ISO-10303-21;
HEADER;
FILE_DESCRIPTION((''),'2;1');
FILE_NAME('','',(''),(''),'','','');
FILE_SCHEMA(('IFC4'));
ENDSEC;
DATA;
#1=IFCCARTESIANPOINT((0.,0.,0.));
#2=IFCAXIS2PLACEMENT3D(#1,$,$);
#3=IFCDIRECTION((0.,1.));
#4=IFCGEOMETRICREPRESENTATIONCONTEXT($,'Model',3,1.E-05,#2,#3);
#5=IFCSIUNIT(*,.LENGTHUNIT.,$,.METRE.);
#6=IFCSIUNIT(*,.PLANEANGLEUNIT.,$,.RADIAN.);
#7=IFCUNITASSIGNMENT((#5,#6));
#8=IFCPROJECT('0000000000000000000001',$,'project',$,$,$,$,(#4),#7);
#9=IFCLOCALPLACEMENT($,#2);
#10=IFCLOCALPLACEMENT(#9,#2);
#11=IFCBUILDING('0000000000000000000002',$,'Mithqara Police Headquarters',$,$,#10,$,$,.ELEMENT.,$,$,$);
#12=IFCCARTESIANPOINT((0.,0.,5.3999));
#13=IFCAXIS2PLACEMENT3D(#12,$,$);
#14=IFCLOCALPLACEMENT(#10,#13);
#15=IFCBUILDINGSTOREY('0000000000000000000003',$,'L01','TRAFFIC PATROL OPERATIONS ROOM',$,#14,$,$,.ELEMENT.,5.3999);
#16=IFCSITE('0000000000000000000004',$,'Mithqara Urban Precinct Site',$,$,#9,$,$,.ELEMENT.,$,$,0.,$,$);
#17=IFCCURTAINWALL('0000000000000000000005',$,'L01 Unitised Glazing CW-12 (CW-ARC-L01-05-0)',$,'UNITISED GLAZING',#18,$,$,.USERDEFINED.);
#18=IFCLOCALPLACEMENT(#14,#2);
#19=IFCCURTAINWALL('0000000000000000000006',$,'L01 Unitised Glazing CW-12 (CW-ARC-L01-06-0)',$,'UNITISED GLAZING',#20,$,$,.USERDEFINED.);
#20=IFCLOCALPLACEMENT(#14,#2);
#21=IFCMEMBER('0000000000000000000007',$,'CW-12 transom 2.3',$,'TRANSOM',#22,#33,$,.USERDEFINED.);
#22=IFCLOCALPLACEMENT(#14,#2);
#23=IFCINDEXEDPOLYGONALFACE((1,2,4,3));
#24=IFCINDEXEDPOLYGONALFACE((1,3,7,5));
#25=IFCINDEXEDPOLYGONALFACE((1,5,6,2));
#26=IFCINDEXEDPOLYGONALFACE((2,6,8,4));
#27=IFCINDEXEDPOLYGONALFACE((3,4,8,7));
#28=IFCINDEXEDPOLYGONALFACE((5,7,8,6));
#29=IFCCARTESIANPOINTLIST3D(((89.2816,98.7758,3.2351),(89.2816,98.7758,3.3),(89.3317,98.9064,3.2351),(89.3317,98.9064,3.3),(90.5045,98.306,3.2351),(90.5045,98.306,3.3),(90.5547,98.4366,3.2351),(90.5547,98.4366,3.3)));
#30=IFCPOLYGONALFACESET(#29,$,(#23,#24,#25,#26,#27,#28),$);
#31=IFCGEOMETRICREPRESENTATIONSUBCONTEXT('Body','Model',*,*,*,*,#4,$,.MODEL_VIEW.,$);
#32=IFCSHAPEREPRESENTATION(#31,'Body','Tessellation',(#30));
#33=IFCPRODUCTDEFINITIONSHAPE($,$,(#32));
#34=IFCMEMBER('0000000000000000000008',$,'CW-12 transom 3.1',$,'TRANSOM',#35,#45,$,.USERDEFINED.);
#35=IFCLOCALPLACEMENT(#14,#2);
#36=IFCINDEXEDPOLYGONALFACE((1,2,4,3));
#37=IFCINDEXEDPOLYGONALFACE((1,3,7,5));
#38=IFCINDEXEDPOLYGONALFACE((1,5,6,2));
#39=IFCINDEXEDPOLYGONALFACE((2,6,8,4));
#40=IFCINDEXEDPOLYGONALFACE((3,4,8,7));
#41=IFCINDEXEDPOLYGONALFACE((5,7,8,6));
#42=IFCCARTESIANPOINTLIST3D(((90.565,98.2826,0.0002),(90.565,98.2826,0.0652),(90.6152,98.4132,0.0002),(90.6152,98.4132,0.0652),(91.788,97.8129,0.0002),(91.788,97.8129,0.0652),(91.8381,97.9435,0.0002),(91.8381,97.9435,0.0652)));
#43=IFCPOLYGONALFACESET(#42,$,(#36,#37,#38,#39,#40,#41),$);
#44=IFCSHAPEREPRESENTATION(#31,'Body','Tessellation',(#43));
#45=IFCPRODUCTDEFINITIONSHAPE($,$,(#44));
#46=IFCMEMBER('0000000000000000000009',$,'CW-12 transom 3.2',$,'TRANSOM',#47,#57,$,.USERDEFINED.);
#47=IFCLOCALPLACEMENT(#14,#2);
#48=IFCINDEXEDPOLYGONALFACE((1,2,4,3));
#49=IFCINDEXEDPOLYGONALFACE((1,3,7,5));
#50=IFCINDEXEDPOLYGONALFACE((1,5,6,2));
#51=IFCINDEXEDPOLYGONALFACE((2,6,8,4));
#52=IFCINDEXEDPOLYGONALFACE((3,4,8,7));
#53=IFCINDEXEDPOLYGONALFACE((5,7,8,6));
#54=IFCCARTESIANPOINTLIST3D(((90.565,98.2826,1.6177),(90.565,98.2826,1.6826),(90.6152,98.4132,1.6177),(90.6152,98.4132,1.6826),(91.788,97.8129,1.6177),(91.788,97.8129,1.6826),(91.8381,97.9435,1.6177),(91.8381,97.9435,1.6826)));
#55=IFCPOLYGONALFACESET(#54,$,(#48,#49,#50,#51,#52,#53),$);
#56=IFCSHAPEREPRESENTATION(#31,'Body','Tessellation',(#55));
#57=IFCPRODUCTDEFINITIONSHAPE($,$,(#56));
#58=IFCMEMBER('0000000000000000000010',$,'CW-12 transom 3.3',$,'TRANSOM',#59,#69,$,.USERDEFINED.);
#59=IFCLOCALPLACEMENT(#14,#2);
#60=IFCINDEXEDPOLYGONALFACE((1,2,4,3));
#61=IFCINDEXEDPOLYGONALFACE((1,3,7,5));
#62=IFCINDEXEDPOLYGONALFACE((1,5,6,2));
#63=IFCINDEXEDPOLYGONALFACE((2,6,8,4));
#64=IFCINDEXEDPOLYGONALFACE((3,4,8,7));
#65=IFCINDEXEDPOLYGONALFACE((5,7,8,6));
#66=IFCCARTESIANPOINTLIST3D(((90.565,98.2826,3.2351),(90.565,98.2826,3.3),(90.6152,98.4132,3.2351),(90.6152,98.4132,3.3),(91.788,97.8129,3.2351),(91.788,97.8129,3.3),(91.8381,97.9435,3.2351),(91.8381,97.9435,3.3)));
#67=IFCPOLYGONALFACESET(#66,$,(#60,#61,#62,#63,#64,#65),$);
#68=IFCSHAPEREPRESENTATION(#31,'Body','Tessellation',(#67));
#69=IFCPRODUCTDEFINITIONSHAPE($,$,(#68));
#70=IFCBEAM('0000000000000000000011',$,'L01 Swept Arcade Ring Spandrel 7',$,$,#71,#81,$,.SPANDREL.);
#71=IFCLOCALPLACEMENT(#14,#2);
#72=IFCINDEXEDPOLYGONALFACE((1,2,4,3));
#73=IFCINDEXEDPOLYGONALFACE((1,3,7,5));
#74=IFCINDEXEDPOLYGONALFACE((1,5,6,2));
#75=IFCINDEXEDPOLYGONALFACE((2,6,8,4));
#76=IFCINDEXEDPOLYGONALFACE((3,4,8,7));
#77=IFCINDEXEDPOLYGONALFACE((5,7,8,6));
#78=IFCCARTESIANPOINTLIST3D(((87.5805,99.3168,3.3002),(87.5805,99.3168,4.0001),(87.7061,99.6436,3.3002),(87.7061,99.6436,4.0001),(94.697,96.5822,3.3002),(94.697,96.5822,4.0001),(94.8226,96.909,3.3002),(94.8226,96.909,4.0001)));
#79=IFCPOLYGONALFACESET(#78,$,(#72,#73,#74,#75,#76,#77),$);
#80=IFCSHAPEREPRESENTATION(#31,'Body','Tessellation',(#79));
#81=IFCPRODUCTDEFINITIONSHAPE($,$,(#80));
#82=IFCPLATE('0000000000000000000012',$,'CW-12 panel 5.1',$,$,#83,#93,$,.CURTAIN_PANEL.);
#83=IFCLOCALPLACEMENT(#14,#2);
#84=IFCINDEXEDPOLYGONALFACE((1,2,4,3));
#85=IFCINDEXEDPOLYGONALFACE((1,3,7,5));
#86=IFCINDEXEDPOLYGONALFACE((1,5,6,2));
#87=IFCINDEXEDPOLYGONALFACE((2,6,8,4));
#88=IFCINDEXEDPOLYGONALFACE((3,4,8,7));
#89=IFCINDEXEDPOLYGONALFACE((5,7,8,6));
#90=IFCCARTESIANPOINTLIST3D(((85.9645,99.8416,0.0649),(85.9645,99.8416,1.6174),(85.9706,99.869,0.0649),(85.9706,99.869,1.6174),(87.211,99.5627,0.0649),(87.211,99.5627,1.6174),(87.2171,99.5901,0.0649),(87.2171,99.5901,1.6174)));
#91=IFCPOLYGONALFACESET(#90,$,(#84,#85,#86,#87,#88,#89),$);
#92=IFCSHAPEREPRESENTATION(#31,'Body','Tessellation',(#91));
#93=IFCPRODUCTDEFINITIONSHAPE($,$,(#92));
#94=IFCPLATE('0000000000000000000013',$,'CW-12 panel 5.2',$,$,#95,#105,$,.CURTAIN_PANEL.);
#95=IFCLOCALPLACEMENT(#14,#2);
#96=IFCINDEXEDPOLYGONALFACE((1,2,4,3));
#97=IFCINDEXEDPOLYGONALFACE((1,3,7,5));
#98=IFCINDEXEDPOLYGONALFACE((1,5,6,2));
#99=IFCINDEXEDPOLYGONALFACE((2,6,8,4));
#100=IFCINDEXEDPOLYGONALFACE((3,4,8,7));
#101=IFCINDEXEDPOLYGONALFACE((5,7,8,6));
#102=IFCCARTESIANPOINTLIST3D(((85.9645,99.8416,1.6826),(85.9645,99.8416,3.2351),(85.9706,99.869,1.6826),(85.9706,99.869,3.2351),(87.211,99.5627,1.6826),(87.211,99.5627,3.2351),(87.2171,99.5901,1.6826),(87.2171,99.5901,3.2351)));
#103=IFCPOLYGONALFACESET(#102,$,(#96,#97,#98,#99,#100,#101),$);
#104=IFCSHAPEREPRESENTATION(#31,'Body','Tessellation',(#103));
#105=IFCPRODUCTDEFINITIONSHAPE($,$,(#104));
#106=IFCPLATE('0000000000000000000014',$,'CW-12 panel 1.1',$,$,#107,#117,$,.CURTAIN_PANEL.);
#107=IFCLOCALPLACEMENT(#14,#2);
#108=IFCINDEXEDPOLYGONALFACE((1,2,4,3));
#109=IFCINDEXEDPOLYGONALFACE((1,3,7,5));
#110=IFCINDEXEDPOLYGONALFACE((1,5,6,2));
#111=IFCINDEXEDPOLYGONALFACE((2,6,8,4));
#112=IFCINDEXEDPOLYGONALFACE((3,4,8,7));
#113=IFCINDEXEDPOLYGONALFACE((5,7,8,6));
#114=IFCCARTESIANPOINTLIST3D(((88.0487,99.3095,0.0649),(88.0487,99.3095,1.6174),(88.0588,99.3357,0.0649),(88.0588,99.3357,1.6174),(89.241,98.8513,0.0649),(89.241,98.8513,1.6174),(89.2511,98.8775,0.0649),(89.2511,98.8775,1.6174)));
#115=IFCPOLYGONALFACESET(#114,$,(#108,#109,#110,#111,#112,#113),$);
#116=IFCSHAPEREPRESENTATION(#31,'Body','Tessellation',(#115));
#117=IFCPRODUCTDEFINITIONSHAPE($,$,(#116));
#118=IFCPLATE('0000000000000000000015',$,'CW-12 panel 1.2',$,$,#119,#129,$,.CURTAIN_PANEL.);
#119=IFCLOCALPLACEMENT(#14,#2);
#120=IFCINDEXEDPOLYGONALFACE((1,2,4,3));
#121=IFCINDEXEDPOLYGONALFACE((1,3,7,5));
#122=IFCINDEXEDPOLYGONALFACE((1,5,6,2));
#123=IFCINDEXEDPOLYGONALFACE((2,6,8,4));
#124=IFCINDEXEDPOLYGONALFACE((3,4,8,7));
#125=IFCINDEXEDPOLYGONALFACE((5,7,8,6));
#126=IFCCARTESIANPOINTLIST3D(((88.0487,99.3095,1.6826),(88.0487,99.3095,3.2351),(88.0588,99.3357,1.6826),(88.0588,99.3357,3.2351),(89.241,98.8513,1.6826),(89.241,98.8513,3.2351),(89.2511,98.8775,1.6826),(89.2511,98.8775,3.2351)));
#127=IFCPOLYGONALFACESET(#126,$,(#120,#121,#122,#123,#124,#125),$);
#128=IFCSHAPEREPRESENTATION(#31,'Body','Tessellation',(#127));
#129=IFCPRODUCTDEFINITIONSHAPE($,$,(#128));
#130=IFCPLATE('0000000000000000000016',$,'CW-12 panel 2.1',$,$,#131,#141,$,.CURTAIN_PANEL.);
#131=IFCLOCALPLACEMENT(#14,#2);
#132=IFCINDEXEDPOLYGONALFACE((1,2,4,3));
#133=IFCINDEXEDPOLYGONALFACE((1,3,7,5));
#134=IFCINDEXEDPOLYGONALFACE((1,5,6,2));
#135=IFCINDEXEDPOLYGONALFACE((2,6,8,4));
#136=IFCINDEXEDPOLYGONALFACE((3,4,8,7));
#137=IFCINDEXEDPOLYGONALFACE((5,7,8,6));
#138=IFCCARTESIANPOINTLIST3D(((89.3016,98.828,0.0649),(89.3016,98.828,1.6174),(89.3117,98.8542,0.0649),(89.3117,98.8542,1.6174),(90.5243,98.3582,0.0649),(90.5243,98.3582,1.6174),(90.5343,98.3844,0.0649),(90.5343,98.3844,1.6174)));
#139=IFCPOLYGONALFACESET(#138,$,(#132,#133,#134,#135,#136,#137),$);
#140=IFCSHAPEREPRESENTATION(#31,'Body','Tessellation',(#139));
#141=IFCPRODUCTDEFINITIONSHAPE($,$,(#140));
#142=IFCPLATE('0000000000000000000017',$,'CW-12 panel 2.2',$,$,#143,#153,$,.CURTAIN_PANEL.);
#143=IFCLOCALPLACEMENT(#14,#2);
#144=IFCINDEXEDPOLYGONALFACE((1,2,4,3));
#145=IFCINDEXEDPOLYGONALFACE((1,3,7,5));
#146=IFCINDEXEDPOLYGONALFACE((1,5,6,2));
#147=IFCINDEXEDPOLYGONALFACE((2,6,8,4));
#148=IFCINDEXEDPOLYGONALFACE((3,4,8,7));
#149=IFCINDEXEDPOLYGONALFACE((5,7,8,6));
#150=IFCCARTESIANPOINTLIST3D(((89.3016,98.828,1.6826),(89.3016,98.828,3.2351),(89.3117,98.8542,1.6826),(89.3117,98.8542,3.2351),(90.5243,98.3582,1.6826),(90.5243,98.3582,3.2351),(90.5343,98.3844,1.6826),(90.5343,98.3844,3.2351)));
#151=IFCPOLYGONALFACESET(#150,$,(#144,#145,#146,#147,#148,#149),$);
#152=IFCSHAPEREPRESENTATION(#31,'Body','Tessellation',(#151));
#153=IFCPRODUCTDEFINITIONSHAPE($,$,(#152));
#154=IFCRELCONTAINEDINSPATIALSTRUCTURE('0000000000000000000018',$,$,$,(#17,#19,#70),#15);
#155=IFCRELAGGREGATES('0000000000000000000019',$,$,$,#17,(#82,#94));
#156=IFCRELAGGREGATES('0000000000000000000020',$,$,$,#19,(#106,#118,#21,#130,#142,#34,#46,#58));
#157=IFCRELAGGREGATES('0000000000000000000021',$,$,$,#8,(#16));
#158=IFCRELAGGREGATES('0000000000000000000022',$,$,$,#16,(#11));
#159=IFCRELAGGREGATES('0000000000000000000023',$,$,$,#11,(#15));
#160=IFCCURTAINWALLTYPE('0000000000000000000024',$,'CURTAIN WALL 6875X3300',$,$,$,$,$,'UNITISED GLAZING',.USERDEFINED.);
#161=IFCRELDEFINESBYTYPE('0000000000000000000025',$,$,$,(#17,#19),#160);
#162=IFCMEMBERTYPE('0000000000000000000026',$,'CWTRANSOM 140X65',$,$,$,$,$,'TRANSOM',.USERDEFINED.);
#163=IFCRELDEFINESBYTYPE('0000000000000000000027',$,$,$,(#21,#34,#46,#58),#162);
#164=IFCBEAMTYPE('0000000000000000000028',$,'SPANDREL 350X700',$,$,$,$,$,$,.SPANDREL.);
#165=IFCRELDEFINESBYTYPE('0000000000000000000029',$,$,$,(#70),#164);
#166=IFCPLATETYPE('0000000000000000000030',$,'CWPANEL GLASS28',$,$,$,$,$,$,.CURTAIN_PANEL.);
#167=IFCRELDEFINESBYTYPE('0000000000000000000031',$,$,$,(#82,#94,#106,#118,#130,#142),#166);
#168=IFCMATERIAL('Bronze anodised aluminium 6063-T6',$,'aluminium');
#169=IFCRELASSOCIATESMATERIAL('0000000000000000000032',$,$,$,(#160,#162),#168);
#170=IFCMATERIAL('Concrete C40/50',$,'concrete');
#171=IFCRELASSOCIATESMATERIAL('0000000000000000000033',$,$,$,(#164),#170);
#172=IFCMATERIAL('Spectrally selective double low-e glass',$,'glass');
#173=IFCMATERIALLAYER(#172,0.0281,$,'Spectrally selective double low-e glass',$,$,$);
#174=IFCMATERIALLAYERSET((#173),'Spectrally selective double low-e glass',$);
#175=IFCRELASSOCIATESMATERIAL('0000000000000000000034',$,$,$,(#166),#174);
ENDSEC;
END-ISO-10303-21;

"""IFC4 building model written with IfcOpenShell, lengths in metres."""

from ifc_helpers import new_model, si_unit, direction, frame, origin, origin_2d, place, context, subcontext, project, spatial, rectangle, extrude, material, layer, layer_set, material_profile, profile_set, type_object, element, aggregate, save


model = new_model("IFC4")

# Units and contexts
model_context = context("Model", 3, precision=1e-05, world=origin(), true_north=direction((0.0, 1.0)))
body_context = subcontext(model_context, "Body", "Model", "MODEL_VIEW")
ifc_project = project(units=[si_unit("LENGTHUNIT", "METRE"), si_unit("PLANEANGLEUNIT", "RADIAN")], contexts=[model_context])

# Site, building, storey
site_placement = place(None, origin())
site = spatial("IfcSite", under=ifc_project, at=site_placement, Name="Mithqara Urban Precinct Site", CompositionType="ELEMENT", RefElevation=0.0)
building_placement = place(site_placement, origin())
building = spatial("IfcBuilding", under=site, at=building_placement, Name="Mithqara Police Headquarters", CompositionType="ELEMENT")
storey_placement = place(building_placement, frame((0.0, 0.0, 5.3999)))
storey = spatial("IfcBuildingStorey", under=building, at=storey_placement, Name="L01", Description="TRAFFIC PATROL OPERATIONS ROOM", CompositionType="ELEMENT", Elevation=5.3999)

# Curtain wall
ifc_material_1 = material(Name="Bronze anodised aluminium 6063-T6", Category="aluminium")
curtain_wall_type = type_object("IfcCurtainWallType", Name="CURTAIN WALL 6875X3300", ElementType="UNITISED GLAZING", PredefinedType="USERDEFINED", material=ifc_material_1)
curtain_wall_1_placement = place(storey_placement, origin())
curtain_wall_1 = element("IfcCurtainWall", 1, at=curtain_wall_1_placement, inside=storey, type_object=curtain_wall_type, Name="L01 Unitised Glazing CW-12 (CW-ARC-L01-05-0)", ObjectType="UNITISED GLAZING", PredefinedType="USERDEFINED")

# Curtain wall
curtain_wall_2_placement = place(storey_placement, origin())
curtain_wall_2 = element("IfcCurtainWall", 2, at=curtain_wall_2_placement, inside=storey, type_object=curtain_wall_type, Name="L01 Unitised Glazing CW-12 (CW-ARC-L01-06-0)", ObjectType="UNITISED GLAZING", PredefinedType="USERDEFINED")

# Members
ifc_material_profile_1 = material_profile(ifc_material_1, rectangle(XDim=0.1399, YDim=0.0649, at=origin_2d()), Name="CWT 140x65")
ifc_profile_set_1 = profile_set([ifc_material_profile_1], Name="Bronze anodised aluminium 6063-T6")
member_type_1 = type_object("IfcMemberType", Name="CWTRANSOM 140X65", ElementType="TRANSOM", PredefinedType="USERDEFINED", material=ifc_profile_set_1)
member_1_placement = place(storey_placement, frame((89.3066, 98.8411, 3.2676), z_axis=(0.933504, -0.358567, 0.0), x_axis=(0.358567, 0.933504, 0.0)))
member_1 = element("IfcMember", 3, at=member_1_placement, type_object=member_type_1, Name="CW-12 transom 2.3", ObjectType="TRANSOM", PredefinedType="USERDEFINED", context=body_context, shape_type="SweptSolid", body=[
    extrude(rectangle(XDim=0.1399, YDim=0.0649, at=origin_2d()), origin(), (0.0, 0.0, 1.0), 1.3101),
])
member_2_placement = place(storey_placement, frame((90.5901, 98.3479, 0.0327), z_axis=(0.933504, -0.358567, 0.0), x_axis=(0.358567, 0.933504, 0.0)))
member_2 = element("IfcMember", 4, at=member_2_placement, type_object=member_type_1, Name="CW-12 transom 3.1", ObjectType="TRANSOM", PredefinedType="USERDEFINED", context=body_context, shape_type="SweptSolid", body=[
    extrude(rectangle(XDim=0.1399, YDim=0.0649, at=origin_2d()), origin(), (0.0, 0.0, 1.0), 1.3101),
])
member_3_placement = place(storey_placement, frame((90.5901, 98.3479, 1.6501), z_axis=(0.933504, -0.358567, 0.0), x_axis=(0.358567, 0.933504, 0.0)))
member_3 = element("IfcMember", 5, at=member_3_placement, type_object=member_type_1, Name="CW-12 transom 3.2", ObjectType="TRANSOM", PredefinedType="USERDEFINED", context=body_context, shape_type="SweptSolid", body=[
    extrude(rectangle(XDim=0.1399, YDim=0.0649, at=origin_2d()), origin(), (0.0, 0.0, 1.0), 1.3101),
])
member_4_placement = place(storey_placement, frame((90.5901, 98.3479, 3.2676), z_axis=(0.933504, -0.358567, 0.0), x_axis=(0.358567, 0.933504, 0.0)))
member_4 = element("IfcMember", 6, at=member_4_placement, type_object=member_type_1, Name="CW-12 transom 3.3", ObjectType="TRANSOM", PredefinedType="USERDEFINED", context=body_context, shape_type="SweptSolid", body=[
    extrude(rectangle(XDim=0.1399, YDim=0.0649, at=origin_2d()), origin(), (0.0, 0.0, 1.0), 1.3101),
])

# Beam
ifc_material_2 = material(Name="Concrete C40/50", Category="concrete")
ifc_material_profile_2 = material_profile(ifc_material_2, rectangle(XDim=0.3501, YDim=0.7, at=origin_2d()), Name="SPB 350x700")
ifc_profile_set_2 = profile_set([ifc_material_profile_2], Name="Concrete C40/50")
beam_type = type_object("IfcBeamType", Name="SPANDREL 350X700", PredefinedType="SPANDREL", material=ifc_profile_set_2)
beam_placement = place(storey_placement, frame((87.6433, 99.4802, 3.6501), z_axis=(0.933455, -0.358696, 0.0), x_axis=(0.358696, 0.933455, 0.0)))
element("IfcBeam", 7, at=beam_placement, inside=storey, type_object=beam_type, Name="L01 Swept Arcade Ring Spandrel 7", PredefinedType="SPANDREL", context=body_context, shape_type="SweptSolid", body=[
    extrude(rectangle(XDim=0.3501, YDim=0.7, at=origin_2d()), origin(), (0.0, 0.0, 1.0), 7.6238),
])

# Plates
ifc_material_3 = material(Name="Spectrally selective double low-e glass", Category="glass")
ifc_layer = layer(ifc_material_3, 0.0281, Name="Spectrally selective double low-e glass")
ifc_layer_set = layer_set([ifc_layer], Name="Spectrally selective double low-e glass")
plate_type = type_object("IfcPlateType", Name="CWPANEL GLASS28", PredefinedType="CURTAIN_PANEL", material=ifc_layer_set)
plate_1_placement = place(storey_placement, frame((86.5908, 99.7158, 0.0649), z_axis=(0.0, 0.0, 1.0), x_axis=(0.975873, -0.218341, 0.0)))
plate_1 = element("IfcPlate", 8, at=plate_1_placement, type_object=plate_type, Name="CW-12 panel 5.1", PredefinedType="CURTAIN_PANEL", context=body_context, shape_type="SweptSolid", body=[
    extrude(rectangle(XDim=1.2773, YDim=0.0281, at=origin_2d()), origin(), (0.0, 0.0, 1.0), 1.5525),
])
plate_2_placement = place(storey_placement, frame((86.5908, 99.7158, 1.6826), z_axis=(0.0, 0.0, 1.0), x_axis=(0.975873, -0.218341, 0.0)))
plate_2 = element("IfcPlate", 9, at=plate_2_placement, type_object=plate_type, Name="CW-12 panel 5.2", PredefinedType="CURTAIN_PANEL", context=body_context, shape_type="SweptSolid", body=[
    extrude(rectangle(XDim=1.2773, YDim=0.0281, at=origin_2d()), origin(), (0.0, 0.0, 1.0), 1.5525),
])
aggregate(curtain_wall_1, [plate_1, plate_2])
plate_3_placement = place(storey_placement, frame((88.6499, 99.0935, 0.0649), z_axis=(0.0, 0.0, 1.0), x_axis=(0.93346, -0.358681, 0.0)))
plate_3 = element("IfcPlate", 10, at=plate_3_placement, type_object=plate_type, Name="CW-12 panel 1.1", PredefinedType="CURTAIN_PANEL", context=body_context, shape_type="SweptSolid", body=[
    extrude(rectangle(XDim=1.2773, YDim=0.0281, at=origin_2d()), origin(), (0.0, 0.0, 1.0), 1.5525),
])
plate_4_placement = place(storey_placement, frame((88.6499, 99.0935, 1.6826), z_axis=(0.0, 0.0, 1.0), x_axis=(0.93346, -0.358681, 0.0)))
plate_4 = element("IfcPlate", 11, at=plate_4_placement, type_object=plate_type, Name="CW-12 panel 1.2", PredefinedType="CURTAIN_PANEL", context=body_context, shape_type="SweptSolid", body=[
    extrude(rectangle(XDim=1.2773, YDim=0.0281, at=origin_2d()), origin(), (0.0, 0.0, 1.0), 1.5525),
])
plate_5_placement = place(storey_placement, frame((89.918, 98.6062, 0.0649), z_axis=(0.0, 0.0, 1.0), x_axis=(0.93346, -0.358681, 0.0)))
plate_5 = element("IfcPlate", 12, at=plate_5_placement, type_object=plate_type, Name="CW-12 panel 2.1", PredefinedType="CURTAIN_PANEL", context=body_context, shape_type="SweptSolid", body=[
    extrude(rectangle(XDim=1.3098, YDim=0.0281, at=origin_2d()), origin(), (0.0, 0.0, 1.0), 1.5525),
])
plate_6_placement = place(storey_placement, frame((89.918, 98.6062, 1.6826), z_axis=(0.0, 0.0, 1.0), x_axis=(0.93346, -0.358681, 0.0)))
plate_6 = element("IfcPlate", 13, at=plate_6_placement, type_object=plate_type, Name="CW-12 panel 2.2", PredefinedType="CURTAIN_PANEL", context=body_context, shape_type="SweptSolid", body=[
    extrude(rectangle(XDim=1.3098, YDim=0.0281, at=origin_2d()), origin(), (0.0, 0.0, 1.0), 1.5525),
])
aggregate(curtain_wall_2, [plate_3, plate_4, member_1, plate_5, plate_6, member_2, member_3, member_4])

save(model, "model.ifc")
